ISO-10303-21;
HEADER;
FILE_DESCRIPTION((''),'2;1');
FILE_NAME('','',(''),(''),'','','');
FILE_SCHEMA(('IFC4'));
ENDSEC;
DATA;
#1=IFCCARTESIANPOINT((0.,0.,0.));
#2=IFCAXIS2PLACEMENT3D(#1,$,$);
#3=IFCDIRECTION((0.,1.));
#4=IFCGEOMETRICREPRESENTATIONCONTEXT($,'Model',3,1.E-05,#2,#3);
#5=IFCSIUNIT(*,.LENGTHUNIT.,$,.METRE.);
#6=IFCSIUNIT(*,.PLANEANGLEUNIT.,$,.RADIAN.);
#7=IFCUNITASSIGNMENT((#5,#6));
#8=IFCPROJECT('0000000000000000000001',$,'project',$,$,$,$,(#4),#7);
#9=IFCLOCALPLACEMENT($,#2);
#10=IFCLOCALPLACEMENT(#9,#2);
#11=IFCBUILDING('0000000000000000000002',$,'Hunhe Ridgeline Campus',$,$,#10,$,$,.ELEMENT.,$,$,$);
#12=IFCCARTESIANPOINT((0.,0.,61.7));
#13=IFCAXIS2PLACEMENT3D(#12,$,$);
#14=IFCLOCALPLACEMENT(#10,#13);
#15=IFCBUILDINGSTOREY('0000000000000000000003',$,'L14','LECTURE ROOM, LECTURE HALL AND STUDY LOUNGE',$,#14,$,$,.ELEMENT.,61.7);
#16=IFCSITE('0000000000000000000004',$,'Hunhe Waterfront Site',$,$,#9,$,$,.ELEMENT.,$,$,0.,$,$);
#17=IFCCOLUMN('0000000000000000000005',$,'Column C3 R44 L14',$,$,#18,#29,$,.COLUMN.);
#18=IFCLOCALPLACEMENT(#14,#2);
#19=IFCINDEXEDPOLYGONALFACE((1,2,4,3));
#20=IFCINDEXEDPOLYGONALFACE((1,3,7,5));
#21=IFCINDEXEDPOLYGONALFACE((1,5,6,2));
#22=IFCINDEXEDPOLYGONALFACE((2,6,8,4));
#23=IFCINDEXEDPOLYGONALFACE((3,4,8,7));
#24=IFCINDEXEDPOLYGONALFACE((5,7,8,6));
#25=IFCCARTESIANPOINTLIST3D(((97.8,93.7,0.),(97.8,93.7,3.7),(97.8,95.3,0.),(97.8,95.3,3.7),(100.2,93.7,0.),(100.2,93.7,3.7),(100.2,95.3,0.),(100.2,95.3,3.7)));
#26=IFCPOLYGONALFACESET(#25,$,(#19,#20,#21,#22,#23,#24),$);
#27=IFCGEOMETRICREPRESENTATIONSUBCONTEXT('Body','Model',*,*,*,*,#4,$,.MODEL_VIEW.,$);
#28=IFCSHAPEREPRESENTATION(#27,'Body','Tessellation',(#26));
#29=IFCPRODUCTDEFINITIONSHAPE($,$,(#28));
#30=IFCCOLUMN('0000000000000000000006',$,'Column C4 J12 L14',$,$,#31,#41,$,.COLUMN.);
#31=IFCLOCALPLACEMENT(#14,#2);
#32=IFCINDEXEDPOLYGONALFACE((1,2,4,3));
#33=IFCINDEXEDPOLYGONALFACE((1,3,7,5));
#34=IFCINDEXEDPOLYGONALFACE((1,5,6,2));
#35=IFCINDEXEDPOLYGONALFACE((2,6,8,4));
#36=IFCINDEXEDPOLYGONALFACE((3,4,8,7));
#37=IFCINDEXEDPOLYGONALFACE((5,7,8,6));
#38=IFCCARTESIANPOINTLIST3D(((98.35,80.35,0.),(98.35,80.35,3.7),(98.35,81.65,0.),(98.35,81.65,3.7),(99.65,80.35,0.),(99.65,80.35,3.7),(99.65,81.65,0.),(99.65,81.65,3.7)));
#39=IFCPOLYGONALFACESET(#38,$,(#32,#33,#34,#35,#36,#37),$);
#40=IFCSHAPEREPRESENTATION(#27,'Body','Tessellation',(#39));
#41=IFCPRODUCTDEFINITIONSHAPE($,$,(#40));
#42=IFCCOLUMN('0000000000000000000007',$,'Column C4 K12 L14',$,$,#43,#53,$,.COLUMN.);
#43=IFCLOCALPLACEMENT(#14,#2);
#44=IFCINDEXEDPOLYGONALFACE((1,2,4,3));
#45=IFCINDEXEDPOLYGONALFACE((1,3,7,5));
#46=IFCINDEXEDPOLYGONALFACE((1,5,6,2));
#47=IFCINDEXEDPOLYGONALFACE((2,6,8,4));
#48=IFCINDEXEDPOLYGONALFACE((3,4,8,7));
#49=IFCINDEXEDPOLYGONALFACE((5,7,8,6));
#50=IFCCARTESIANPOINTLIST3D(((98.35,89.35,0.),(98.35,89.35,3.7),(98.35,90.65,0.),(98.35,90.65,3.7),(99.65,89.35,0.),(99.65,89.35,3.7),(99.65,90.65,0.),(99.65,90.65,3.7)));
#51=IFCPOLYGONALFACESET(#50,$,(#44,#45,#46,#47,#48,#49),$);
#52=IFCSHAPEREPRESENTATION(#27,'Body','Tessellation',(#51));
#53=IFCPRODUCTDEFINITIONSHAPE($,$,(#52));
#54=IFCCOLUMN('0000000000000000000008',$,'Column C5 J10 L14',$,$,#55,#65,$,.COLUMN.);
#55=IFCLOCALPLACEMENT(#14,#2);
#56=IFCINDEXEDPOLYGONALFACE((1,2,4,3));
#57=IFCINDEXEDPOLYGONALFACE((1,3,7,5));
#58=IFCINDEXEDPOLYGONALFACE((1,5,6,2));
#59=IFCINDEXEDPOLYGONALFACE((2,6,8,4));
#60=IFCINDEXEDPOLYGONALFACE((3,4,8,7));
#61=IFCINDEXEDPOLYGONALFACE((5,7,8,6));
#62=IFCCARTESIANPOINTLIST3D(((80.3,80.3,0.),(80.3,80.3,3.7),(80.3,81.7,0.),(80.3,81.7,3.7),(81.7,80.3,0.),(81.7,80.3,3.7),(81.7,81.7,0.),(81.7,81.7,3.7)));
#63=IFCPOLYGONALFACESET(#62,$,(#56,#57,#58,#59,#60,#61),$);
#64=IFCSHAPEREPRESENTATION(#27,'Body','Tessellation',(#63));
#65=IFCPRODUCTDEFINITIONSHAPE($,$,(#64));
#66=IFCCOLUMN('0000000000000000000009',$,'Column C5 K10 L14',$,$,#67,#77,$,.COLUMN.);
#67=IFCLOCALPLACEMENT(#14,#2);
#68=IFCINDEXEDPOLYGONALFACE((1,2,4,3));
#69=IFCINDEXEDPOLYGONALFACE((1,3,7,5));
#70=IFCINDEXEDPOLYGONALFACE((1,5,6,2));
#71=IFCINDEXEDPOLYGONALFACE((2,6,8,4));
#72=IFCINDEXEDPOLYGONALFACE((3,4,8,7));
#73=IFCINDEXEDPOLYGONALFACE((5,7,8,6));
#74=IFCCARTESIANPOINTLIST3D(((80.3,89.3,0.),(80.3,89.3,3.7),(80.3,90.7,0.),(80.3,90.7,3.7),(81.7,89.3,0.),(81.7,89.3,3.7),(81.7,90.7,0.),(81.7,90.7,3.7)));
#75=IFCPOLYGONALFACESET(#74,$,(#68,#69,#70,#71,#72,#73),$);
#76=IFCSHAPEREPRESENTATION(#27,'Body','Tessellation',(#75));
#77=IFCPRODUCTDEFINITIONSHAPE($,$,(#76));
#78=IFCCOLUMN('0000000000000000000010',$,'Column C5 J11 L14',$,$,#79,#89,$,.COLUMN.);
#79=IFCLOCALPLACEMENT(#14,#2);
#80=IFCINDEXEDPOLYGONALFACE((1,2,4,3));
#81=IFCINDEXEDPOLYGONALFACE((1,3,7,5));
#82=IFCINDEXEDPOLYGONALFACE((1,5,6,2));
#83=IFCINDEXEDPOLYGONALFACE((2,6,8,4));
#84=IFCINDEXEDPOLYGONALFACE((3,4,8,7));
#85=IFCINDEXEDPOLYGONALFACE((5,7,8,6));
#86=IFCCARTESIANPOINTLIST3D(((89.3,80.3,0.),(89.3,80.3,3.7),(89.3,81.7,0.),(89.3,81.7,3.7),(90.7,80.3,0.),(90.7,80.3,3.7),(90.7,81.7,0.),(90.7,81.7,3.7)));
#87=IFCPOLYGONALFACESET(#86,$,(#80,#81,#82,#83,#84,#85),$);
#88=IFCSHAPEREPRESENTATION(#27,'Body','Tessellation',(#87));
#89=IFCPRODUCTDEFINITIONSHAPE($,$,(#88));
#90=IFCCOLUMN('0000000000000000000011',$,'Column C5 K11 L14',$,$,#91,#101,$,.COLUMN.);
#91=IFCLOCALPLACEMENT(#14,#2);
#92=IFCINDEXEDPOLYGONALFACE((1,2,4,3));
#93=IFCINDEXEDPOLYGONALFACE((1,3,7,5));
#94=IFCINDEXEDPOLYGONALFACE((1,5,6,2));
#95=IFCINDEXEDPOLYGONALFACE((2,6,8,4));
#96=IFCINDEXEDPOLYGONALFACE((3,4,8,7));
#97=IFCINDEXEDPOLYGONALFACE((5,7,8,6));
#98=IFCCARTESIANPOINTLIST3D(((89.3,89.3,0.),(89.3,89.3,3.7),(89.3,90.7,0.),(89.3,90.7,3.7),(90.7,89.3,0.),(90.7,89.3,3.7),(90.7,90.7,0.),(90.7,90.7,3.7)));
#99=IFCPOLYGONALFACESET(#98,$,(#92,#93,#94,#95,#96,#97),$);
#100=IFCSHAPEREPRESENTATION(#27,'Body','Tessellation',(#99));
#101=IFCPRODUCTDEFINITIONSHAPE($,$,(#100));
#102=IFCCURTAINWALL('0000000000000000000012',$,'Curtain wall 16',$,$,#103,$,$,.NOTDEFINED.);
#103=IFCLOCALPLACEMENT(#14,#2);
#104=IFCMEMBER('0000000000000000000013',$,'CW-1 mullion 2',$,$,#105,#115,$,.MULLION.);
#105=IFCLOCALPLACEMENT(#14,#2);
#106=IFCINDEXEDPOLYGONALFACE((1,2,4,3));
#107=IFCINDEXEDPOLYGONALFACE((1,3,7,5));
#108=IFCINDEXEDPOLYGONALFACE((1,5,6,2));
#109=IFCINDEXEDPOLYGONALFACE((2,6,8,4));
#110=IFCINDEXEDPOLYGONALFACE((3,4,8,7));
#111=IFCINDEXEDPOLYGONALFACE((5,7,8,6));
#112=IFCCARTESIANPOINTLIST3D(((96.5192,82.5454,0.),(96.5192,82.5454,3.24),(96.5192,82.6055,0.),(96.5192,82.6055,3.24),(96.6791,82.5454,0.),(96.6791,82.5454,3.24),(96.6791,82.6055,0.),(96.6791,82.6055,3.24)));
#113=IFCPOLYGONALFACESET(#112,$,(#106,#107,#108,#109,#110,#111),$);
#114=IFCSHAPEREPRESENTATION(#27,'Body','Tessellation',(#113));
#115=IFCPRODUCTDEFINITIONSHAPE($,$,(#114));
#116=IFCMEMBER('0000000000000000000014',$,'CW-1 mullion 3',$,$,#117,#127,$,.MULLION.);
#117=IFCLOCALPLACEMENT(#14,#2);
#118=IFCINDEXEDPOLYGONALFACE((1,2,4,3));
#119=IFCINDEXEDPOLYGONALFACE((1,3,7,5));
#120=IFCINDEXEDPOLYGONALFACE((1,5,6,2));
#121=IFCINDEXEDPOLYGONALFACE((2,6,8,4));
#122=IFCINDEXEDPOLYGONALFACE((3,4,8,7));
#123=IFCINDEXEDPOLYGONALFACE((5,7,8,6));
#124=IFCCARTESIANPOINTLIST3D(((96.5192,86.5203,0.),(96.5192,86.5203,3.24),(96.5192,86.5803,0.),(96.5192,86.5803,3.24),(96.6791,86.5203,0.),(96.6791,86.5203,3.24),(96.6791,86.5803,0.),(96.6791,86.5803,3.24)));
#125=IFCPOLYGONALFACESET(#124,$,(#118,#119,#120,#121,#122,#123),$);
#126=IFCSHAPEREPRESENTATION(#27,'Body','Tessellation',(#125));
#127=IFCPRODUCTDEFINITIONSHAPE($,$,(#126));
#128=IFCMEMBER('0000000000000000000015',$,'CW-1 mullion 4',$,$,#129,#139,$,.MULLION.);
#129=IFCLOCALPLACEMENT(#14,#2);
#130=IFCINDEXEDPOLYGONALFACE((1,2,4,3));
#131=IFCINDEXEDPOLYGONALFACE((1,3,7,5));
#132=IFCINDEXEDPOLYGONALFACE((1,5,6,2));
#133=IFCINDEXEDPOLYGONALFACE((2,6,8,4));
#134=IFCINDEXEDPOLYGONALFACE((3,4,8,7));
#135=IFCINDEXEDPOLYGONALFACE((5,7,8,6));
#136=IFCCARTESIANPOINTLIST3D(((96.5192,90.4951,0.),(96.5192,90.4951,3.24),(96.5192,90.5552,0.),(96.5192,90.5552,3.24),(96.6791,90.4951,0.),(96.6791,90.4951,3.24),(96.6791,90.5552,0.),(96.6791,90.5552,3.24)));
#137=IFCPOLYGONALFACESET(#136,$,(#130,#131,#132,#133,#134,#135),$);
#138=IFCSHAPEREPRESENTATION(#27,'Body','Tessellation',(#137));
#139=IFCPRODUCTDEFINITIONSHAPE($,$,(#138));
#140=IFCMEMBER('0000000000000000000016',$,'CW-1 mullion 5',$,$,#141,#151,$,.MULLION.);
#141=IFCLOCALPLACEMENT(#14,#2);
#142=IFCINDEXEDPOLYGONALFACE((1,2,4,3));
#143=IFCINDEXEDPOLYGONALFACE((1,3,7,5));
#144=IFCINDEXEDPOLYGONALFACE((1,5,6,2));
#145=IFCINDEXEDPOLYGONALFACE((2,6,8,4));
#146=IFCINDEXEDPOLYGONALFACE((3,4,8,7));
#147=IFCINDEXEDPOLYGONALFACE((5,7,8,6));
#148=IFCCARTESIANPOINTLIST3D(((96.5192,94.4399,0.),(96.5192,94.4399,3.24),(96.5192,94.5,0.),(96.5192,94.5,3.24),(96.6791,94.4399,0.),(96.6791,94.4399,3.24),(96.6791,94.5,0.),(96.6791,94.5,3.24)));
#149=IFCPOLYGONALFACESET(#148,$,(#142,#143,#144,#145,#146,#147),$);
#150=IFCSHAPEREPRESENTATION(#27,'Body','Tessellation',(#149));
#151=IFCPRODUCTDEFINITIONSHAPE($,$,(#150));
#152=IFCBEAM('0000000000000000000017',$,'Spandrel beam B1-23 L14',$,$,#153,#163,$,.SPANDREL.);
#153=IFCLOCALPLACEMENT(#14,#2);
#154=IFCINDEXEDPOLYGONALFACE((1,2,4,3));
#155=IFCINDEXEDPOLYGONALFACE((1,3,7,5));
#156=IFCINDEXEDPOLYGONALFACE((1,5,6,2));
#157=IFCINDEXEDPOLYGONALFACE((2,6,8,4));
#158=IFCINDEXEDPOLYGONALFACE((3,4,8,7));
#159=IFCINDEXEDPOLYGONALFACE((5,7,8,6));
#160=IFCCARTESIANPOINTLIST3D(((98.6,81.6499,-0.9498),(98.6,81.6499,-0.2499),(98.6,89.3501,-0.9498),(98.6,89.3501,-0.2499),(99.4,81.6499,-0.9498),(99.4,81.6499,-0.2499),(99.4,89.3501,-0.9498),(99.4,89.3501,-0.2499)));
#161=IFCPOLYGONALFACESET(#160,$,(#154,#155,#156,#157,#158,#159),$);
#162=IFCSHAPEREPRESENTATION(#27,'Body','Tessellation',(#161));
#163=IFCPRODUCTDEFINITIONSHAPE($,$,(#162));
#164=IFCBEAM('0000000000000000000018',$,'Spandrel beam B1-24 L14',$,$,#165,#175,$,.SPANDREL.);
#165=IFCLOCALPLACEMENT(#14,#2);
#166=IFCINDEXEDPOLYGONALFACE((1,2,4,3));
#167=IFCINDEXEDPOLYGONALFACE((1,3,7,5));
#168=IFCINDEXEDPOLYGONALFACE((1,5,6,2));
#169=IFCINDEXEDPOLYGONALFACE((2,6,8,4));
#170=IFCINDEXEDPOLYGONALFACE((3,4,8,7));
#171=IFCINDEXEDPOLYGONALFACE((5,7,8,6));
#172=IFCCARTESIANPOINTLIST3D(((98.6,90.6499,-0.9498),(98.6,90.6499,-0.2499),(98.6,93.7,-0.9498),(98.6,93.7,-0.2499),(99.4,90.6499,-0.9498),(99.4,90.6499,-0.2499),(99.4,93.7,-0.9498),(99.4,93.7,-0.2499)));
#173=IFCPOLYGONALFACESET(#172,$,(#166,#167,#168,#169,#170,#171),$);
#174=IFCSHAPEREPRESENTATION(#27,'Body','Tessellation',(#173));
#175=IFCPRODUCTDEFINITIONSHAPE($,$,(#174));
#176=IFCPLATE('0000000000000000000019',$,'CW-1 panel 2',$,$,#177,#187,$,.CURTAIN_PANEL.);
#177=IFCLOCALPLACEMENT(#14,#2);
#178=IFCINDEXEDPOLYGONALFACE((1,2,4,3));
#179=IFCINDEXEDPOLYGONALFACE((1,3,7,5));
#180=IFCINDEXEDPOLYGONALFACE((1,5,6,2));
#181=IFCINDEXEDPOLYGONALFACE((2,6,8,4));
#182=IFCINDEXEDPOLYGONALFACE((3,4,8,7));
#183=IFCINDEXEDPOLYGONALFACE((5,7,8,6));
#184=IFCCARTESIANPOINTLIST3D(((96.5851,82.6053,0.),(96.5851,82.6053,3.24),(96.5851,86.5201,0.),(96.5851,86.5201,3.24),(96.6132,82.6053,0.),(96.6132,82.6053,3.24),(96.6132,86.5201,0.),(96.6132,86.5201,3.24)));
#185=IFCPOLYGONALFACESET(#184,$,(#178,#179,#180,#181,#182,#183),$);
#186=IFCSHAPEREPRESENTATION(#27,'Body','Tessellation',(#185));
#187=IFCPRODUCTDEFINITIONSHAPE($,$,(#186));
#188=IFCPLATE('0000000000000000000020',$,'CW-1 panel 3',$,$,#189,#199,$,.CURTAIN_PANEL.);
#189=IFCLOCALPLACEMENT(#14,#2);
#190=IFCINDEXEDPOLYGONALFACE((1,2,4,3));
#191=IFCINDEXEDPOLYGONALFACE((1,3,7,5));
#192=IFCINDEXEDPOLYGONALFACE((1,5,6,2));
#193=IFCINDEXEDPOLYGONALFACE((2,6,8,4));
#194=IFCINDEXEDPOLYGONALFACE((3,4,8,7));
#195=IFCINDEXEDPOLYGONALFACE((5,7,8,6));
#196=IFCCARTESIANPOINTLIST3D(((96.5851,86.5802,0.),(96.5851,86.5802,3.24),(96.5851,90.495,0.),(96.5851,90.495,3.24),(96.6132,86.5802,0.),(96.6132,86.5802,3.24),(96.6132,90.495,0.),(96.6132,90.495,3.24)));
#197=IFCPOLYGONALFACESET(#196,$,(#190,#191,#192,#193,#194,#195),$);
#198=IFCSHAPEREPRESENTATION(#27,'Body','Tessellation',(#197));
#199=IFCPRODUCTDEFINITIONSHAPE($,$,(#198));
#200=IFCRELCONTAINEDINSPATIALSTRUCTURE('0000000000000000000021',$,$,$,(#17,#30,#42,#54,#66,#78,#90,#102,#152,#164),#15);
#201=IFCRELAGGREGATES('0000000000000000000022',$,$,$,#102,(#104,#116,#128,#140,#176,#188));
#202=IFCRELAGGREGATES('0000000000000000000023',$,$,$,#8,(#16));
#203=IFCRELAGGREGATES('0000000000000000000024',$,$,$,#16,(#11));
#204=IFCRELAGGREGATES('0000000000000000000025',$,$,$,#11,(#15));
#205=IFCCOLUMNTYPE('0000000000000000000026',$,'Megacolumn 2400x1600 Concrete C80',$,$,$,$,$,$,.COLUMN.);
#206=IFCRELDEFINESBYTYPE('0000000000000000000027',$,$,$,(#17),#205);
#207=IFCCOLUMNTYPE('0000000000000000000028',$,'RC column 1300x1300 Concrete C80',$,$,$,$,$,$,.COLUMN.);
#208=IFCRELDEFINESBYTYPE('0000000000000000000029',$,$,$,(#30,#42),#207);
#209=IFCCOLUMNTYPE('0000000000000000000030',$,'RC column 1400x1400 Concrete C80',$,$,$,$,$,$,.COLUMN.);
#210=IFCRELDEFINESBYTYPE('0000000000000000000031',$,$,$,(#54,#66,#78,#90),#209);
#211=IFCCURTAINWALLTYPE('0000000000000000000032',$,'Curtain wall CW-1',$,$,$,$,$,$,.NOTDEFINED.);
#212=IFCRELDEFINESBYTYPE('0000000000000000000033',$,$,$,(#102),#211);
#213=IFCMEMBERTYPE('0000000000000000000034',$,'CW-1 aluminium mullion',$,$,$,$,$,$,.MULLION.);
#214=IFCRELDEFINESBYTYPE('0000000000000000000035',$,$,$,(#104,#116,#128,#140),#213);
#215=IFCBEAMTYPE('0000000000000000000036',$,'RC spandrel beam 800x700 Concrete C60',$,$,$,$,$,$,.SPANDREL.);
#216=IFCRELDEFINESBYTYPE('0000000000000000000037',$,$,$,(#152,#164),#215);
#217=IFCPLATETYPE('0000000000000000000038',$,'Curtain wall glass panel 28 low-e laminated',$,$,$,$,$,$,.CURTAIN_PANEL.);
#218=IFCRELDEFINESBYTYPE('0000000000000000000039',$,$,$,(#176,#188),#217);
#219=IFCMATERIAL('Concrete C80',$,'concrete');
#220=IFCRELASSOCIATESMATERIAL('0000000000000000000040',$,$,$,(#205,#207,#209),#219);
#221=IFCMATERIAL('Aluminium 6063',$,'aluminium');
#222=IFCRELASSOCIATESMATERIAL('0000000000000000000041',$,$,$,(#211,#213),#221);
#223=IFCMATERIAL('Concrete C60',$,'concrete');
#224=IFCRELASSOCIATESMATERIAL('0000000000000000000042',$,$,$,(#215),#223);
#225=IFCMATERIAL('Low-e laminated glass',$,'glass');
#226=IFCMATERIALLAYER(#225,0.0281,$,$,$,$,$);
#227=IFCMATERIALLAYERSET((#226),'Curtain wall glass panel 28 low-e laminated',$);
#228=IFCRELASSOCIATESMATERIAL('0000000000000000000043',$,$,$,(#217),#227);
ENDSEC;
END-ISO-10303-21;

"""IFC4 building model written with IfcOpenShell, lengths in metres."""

from ifc_helpers import new_model, si_unit, direction, frame, origin, origin_2d, place, context, subcontext, project, spatial, rectangle, extrude, material, layer, layer_set, material_profile, profile_set, type_object, element, aggregate, save


model = new_model("IFC4")

# Units and contexts
model_context = context("Model", 3, precision=1e-05, world=origin(), true_north=direction((0.0, 1.0)))
body_context = subcontext(model_context, "Body", "Model", "MODEL_VIEW")
ifc_project = project(units=[si_unit("LENGTHUNIT", "METRE"), si_unit("PLANEANGLEUNIT", "RADIAN")], contexts=[model_context])

# Site, building, storey
site_placement = place(None, origin())
site = spatial("IfcSite", under=ifc_project, at=site_placement, Name="Hunhe Waterfront Site", CompositionType="ELEMENT", RefElevation=0.0)
building_placement = place(site_placement, origin())
building = spatial("IfcBuilding", under=site, at=building_placement, Name="Hunhe Ridgeline Campus", CompositionType="ELEMENT")
storey_placement = place(building_placement, frame((0.0, 0.0, 61.7)))
storey = spatial("IfcBuildingStorey", under=building, at=storey_placement, Name="L14", Description="LECTURE ROOM, LECTURE HALL AND STUDY LOUNGE", CompositionType="ELEMENT", Elevation=61.7)

# Columns
ifc_material_1 = material(Name="Concrete C80", Category="concrete")
ifc_material_profile_1 = material_profile(ifc_material_1, rectangle(XDim=2.3999, YDim=1.6001, at=origin_2d()))
ifc_profile_set_1 = profile_set([ifc_material_profile_1], Name="Concrete C80")
column_type_1 = type_object("IfcColumnType", Name="Megacolumn 2400x1600 Concrete C80", PredefinedType="COLUMN", material=ifc_profile_set_1)
column_placement = place(storey_placement, frame((99.0, 94.5, 0.0), z_axis=(0.0, 0.0, 1.0), x_axis=(1.0, 0.0, 0.0)))
element("IfcColumn", 1, at=column_placement, inside=storey, type_object=column_type_1, Name="Column C3 R44 L14", PredefinedType="COLUMN", context=body_context, shape_type="SweptSolid", body=[
    extrude(rectangle(XDim=2.3999, YDim=1.6001, at=origin_2d()), origin(), (0.0, 0.0, 1.0), 3.7),
])
ifc_material_profile_2 = material_profile(ifc_material_1, rectangle(XDim=1.3, YDim=1.3, at=origin_2d()))
ifc_profile_set_2 = profile_set([ifc_material_profile_2], Name="Concrete C80")
column_type_2 = type_object("IfcColumnType", Name="RC column 1300x1300 Concrete C80", PredefinedType="COLUMN", material=ifc_profile_set_2)
for number, where, z_axis, x_axis, name in (
    (2, (99.0, 81.0, 0.0), (0.0, 0.0, 1.0), (1.0, 0.0, 0.0), "Column C4 J12 L14"),
    (3, (99.0, 90.0, 0.0), (0.0, 0.0, 1.0), (1.0, 0.0, 0.0), "Column C4 K12 L14"),
):
    element("IfcColumn", number, at=place(storey_placement, frame(where, z_axis=z_axis, x_axis=x_axis)), inside=storey, type_object=column_type_2, Name=name, PredefinedType="COLUMN", context=body_context, shape_type="SweptSolid", body=[
        extrude(rectangle(XDim=1.3, YDim=1.3, at=origin_2d()), origin(), (0.0, 0.0, 1.0), 3.7),
    ])
ifc_material_profile_3 = material_profile(ifc_material_1, rectangle(XDim=1.3999, YDim=1.3999, at=origin_2d()))
ifc_profile_set_3 = profile_set([ifc_material_profile_3], Name="Concrete C80")
column_type_3 = type_object("IfcColumnType", Name="RC column 1400x1400 Concrete C80", PredefinedType="COLUMN", material=ifc_profile_set_3)
for number, where, z_axis, x_axis, name in (
    (4, (81.0, 81.0, 0.0), (0.0, 0.0, 1.0), (1.0, 0.0, 0.0), "Column C5 J10 L14"),
    (5, (81.0, 90.0, 0.0), (0.0, 0.0, 1.0), (1.0, 0.0, 0.0), "Column C5 K10 L14"),
    (6, (90.0, 81.0, 0.0), (0.0, 0.0, 1.0), (1.0, 0.0, 0.0), "Column C5 J11 L14"),
    (7, (90.0, 90.0, 0.0), (0.0, 0.0, 1.0), (1.0, 0.0, 0.0), "Column C5 K11 L14"),
):
    element("IfcColumn", number, at=place(storey_placement, frame(where, z_axis=z_axis, x_axis=x_axis)), inside=storey, type_object=column_type_3, Name=name, PredefinedType="COLUMN", context=body_context, shape_type="SweptSolid", body=[
        extrude(rectangle(XDim=1.3999, YDim=1.3999, at=origin_2d()), origin(), (0.0, 0.0, 1.0), 3.7),
    ])

# Curtain wall, members
ifc_material_2 = material(Name="Aluminium 6063", Category="aluminium")
curtain_wall_type = type_object("IfcCurtainWallType", Name="Curtain wall CW-1", PredefinedType="NOTDEFINED", material=ifc_material_2)
curtain_wall_placement = place(storey_placement, origin())
curtain_wall = element("IfcCurtainWall", 8, at=curtain_wall_placement, inside=storey, type_object=curtain_wall_type, Name="Curtain wall 16", PredefinedType="NOTDEFINED")
ifc_material_profile_4 = material_profile(ifc_material_2, rectangle(XDim=0.1599, YDim=0.0601, at=origin_2d()))
ifc_profile_set_4 = profile_set([ifc_material_profile_4], Name="Aluminium 6063")
member_type = type_object("IfcMemberType", Name="CW-1 aluminium mullion", PredefinedType="MULLION", material=ifc_profile_set_4)
member_1_placement = place(storey_placement, frame((96.5991, 82.5754, 0.0), z_axis=(0.0, 0.0, 1.0), x_axis=(-1.0, 0.0, 0.0)))
member_1 = element("IfcMember", 9, at=member_1_placement, type_object=member_type, Name="CW-1 mullion 2", PredefinedType="MULLION", context=body_context, shape_type="SweptSolid", body=[
    extrude(rectangle(XDim=0.1599, YDim=0.0601, at=origin_2d()), origin(), (0.0, 0.0, 1.0), 3.24),
])
member_2_placement = place(storey_placement, frame((96.5991, 86.5503, 0.0), z_axis=(0.0, 0.0, 1.0), x_axis=(-1.0, 0.0, 0.0)))
member_2 = element("IfcMember", 10, at=member_2_placement, type_object=member_type, Name="CW-1 mullion 3", PredefinedType="MULLION", context=body_context, shape_type="SweptSolid", body=[
    extrude(rectangle(XDim=0.1599, YDim=0.0601, at=origin_2d()), origin(), (0.0, 0.0, 1.0), 3.24),
])
member_3_placement = place(storey_placement, frame((96.5991, 90.5251, 0.0), z_axis=(0.0, 0.0, 1.0), x_axis=(-1.0, 0.0, 0.0)))
member_3 = element("IfcMember", 11, at=member_3_placement, type_object=member_type, Name="CW-1 mullion 4", PredefinedType="MULLION", context=body_context, shape_type="SweptSolid", body=[
    extrude(rectangle(XDim=0.1599, YDim=0.0601, at=origin_2d()), origin(), (0.0, 0.0, 1.0), 3.24),
])
member_4_placement = place(storey_placement, frame((96.5991, 94.47, 0.0), z_axis=(0.0, 0.0, 1.0), x_axis=(-1.0, 0.0, 0.0)))
member_4 = element("IfcMember", 12, at=member_4_placement, type_object=member_type, Name="CW-1 mullion 5", PredefinedType="MULLION", context=body_context, shape_type="SweptSolid", body=[
    extrude(rectangle(XDim=0.1599, YDim=0.0601, at=origin_2d()), origin(), (0.0, 0.0, 1.0), 3.24),
])

# Beams
ifc_material_3 = material(Name="Concrete C60", Category="concrete")
ifc_material_profile_5 = material_profile(ifc_material_3, rectangle(XDim=0.8, YDim=0.7, at=origin_2d()))
ifc_profile_set_5 = profile_set([ifc_material_profile_5], Name="Concrete C60")
beam_type = type_object("IfcBeamType", Name="RC spandrel beam 800x700 Concrete C60", PredefinedType="SPANDREL", material=ifc_profile_set_5)
beam_1_placement = place(storey_placement, frame((99.0, 81.6499, -0.5999), z_axis=(0.0, 1.0, 0.0), x_axis=(-1.0, 0.0, 0.0)))
element("IfcBeam", 13, at=beam_1_placement, inside=storey, type_object=beam_type, Name="Spandrel beam B1-23 L14", PredefinedType="SPANDREL", context=body_context, shape_type="SweptSolid", body=[
    extrude(rectangle(XDim=0.8, YDim=0.7, at=origin_2d()), origin(), (0.0, 0.0, 1.0), 7.7002),
])
beam_2_placement = place(storey_placement, frame((99.0, 90.6499, -0.5999), z_axis=(0.0, 1.0, 0.0), x_axis=(-1.0, 0.0, 0.0)))
element("IfcBeam", 14, at=beam_2_placement, inside=storey, type_object=beam_type, Name="Spandrel beam B1-24 L14", PredefinedType="SPANDREL", context=body_context, shape_type="SweptSolid", body=[
    extrude(rectangle(XDim=0.8, YDim=0.7, at=origin_2d()), origin(), (0.0, 0.0, 1.0), 3.05),
])

# Plates
ifc_material_4 = material(Name="Low-e laminated glass", Category="glass")
ifc_layer_1 = layer(ifc_material_4, 0.0281)
ifc_layer_set_1 = layer_set([ifc_layer_1], Name="Curtain wall glass panel 28 low-e laminated")
plate_type = type_object("IfcPlateType", Name="Curtain wall glass panel 28 low-e laminated", PredefinedType="CURTAIN_PANEL", material=ifc_layer_set_1)
plate_1_placement = place(storey_placement, frame((96.5991, 84.5627, 0.0), z_axis=(0.0, 0.0, 1.0), x_axis=(0.0, 1.0, 0.0)))
plate_1 = element("IfcPlate", 15, at=plate_1_placement, type_object=plate_type, Name="CW-1 panel 2", PredefinedType="CURTAIN_PANEL", context=body_context, shape_type="SweptSolid", body=[
    extrude(rectangle(XDim=3.9148, YDim=0.0281, at=origin_2d()), origin(), (0.0, 0.0, 1.0), 3.24),
])
plate_2_placement = place(storey_placement, frame((96.5991, 88.5376, 0.0), z_axis=(0.0, 0.0, 1.0), x_axis=(0.0, 1.0, 0.0)))
plate_2 = element("IfcPlate", 16, at=plate_2_placement, type_object=plate_type, Name="CW-1 panel 3", PredefinedType="CURTAIN_PANEL", context=body_context, shape_type="SweptSolid", body=[
    extrude(rectangle(XDim=3.9148, YDim=0.0281, at=origin_2d()), origin(), (0.0, 0.0, 1.0), 3.24),
])
aggregate(curtain_wall, [member_1, member_2, member_3, member_4, plate_1, plate_2])

save(model, "model.ifc")
